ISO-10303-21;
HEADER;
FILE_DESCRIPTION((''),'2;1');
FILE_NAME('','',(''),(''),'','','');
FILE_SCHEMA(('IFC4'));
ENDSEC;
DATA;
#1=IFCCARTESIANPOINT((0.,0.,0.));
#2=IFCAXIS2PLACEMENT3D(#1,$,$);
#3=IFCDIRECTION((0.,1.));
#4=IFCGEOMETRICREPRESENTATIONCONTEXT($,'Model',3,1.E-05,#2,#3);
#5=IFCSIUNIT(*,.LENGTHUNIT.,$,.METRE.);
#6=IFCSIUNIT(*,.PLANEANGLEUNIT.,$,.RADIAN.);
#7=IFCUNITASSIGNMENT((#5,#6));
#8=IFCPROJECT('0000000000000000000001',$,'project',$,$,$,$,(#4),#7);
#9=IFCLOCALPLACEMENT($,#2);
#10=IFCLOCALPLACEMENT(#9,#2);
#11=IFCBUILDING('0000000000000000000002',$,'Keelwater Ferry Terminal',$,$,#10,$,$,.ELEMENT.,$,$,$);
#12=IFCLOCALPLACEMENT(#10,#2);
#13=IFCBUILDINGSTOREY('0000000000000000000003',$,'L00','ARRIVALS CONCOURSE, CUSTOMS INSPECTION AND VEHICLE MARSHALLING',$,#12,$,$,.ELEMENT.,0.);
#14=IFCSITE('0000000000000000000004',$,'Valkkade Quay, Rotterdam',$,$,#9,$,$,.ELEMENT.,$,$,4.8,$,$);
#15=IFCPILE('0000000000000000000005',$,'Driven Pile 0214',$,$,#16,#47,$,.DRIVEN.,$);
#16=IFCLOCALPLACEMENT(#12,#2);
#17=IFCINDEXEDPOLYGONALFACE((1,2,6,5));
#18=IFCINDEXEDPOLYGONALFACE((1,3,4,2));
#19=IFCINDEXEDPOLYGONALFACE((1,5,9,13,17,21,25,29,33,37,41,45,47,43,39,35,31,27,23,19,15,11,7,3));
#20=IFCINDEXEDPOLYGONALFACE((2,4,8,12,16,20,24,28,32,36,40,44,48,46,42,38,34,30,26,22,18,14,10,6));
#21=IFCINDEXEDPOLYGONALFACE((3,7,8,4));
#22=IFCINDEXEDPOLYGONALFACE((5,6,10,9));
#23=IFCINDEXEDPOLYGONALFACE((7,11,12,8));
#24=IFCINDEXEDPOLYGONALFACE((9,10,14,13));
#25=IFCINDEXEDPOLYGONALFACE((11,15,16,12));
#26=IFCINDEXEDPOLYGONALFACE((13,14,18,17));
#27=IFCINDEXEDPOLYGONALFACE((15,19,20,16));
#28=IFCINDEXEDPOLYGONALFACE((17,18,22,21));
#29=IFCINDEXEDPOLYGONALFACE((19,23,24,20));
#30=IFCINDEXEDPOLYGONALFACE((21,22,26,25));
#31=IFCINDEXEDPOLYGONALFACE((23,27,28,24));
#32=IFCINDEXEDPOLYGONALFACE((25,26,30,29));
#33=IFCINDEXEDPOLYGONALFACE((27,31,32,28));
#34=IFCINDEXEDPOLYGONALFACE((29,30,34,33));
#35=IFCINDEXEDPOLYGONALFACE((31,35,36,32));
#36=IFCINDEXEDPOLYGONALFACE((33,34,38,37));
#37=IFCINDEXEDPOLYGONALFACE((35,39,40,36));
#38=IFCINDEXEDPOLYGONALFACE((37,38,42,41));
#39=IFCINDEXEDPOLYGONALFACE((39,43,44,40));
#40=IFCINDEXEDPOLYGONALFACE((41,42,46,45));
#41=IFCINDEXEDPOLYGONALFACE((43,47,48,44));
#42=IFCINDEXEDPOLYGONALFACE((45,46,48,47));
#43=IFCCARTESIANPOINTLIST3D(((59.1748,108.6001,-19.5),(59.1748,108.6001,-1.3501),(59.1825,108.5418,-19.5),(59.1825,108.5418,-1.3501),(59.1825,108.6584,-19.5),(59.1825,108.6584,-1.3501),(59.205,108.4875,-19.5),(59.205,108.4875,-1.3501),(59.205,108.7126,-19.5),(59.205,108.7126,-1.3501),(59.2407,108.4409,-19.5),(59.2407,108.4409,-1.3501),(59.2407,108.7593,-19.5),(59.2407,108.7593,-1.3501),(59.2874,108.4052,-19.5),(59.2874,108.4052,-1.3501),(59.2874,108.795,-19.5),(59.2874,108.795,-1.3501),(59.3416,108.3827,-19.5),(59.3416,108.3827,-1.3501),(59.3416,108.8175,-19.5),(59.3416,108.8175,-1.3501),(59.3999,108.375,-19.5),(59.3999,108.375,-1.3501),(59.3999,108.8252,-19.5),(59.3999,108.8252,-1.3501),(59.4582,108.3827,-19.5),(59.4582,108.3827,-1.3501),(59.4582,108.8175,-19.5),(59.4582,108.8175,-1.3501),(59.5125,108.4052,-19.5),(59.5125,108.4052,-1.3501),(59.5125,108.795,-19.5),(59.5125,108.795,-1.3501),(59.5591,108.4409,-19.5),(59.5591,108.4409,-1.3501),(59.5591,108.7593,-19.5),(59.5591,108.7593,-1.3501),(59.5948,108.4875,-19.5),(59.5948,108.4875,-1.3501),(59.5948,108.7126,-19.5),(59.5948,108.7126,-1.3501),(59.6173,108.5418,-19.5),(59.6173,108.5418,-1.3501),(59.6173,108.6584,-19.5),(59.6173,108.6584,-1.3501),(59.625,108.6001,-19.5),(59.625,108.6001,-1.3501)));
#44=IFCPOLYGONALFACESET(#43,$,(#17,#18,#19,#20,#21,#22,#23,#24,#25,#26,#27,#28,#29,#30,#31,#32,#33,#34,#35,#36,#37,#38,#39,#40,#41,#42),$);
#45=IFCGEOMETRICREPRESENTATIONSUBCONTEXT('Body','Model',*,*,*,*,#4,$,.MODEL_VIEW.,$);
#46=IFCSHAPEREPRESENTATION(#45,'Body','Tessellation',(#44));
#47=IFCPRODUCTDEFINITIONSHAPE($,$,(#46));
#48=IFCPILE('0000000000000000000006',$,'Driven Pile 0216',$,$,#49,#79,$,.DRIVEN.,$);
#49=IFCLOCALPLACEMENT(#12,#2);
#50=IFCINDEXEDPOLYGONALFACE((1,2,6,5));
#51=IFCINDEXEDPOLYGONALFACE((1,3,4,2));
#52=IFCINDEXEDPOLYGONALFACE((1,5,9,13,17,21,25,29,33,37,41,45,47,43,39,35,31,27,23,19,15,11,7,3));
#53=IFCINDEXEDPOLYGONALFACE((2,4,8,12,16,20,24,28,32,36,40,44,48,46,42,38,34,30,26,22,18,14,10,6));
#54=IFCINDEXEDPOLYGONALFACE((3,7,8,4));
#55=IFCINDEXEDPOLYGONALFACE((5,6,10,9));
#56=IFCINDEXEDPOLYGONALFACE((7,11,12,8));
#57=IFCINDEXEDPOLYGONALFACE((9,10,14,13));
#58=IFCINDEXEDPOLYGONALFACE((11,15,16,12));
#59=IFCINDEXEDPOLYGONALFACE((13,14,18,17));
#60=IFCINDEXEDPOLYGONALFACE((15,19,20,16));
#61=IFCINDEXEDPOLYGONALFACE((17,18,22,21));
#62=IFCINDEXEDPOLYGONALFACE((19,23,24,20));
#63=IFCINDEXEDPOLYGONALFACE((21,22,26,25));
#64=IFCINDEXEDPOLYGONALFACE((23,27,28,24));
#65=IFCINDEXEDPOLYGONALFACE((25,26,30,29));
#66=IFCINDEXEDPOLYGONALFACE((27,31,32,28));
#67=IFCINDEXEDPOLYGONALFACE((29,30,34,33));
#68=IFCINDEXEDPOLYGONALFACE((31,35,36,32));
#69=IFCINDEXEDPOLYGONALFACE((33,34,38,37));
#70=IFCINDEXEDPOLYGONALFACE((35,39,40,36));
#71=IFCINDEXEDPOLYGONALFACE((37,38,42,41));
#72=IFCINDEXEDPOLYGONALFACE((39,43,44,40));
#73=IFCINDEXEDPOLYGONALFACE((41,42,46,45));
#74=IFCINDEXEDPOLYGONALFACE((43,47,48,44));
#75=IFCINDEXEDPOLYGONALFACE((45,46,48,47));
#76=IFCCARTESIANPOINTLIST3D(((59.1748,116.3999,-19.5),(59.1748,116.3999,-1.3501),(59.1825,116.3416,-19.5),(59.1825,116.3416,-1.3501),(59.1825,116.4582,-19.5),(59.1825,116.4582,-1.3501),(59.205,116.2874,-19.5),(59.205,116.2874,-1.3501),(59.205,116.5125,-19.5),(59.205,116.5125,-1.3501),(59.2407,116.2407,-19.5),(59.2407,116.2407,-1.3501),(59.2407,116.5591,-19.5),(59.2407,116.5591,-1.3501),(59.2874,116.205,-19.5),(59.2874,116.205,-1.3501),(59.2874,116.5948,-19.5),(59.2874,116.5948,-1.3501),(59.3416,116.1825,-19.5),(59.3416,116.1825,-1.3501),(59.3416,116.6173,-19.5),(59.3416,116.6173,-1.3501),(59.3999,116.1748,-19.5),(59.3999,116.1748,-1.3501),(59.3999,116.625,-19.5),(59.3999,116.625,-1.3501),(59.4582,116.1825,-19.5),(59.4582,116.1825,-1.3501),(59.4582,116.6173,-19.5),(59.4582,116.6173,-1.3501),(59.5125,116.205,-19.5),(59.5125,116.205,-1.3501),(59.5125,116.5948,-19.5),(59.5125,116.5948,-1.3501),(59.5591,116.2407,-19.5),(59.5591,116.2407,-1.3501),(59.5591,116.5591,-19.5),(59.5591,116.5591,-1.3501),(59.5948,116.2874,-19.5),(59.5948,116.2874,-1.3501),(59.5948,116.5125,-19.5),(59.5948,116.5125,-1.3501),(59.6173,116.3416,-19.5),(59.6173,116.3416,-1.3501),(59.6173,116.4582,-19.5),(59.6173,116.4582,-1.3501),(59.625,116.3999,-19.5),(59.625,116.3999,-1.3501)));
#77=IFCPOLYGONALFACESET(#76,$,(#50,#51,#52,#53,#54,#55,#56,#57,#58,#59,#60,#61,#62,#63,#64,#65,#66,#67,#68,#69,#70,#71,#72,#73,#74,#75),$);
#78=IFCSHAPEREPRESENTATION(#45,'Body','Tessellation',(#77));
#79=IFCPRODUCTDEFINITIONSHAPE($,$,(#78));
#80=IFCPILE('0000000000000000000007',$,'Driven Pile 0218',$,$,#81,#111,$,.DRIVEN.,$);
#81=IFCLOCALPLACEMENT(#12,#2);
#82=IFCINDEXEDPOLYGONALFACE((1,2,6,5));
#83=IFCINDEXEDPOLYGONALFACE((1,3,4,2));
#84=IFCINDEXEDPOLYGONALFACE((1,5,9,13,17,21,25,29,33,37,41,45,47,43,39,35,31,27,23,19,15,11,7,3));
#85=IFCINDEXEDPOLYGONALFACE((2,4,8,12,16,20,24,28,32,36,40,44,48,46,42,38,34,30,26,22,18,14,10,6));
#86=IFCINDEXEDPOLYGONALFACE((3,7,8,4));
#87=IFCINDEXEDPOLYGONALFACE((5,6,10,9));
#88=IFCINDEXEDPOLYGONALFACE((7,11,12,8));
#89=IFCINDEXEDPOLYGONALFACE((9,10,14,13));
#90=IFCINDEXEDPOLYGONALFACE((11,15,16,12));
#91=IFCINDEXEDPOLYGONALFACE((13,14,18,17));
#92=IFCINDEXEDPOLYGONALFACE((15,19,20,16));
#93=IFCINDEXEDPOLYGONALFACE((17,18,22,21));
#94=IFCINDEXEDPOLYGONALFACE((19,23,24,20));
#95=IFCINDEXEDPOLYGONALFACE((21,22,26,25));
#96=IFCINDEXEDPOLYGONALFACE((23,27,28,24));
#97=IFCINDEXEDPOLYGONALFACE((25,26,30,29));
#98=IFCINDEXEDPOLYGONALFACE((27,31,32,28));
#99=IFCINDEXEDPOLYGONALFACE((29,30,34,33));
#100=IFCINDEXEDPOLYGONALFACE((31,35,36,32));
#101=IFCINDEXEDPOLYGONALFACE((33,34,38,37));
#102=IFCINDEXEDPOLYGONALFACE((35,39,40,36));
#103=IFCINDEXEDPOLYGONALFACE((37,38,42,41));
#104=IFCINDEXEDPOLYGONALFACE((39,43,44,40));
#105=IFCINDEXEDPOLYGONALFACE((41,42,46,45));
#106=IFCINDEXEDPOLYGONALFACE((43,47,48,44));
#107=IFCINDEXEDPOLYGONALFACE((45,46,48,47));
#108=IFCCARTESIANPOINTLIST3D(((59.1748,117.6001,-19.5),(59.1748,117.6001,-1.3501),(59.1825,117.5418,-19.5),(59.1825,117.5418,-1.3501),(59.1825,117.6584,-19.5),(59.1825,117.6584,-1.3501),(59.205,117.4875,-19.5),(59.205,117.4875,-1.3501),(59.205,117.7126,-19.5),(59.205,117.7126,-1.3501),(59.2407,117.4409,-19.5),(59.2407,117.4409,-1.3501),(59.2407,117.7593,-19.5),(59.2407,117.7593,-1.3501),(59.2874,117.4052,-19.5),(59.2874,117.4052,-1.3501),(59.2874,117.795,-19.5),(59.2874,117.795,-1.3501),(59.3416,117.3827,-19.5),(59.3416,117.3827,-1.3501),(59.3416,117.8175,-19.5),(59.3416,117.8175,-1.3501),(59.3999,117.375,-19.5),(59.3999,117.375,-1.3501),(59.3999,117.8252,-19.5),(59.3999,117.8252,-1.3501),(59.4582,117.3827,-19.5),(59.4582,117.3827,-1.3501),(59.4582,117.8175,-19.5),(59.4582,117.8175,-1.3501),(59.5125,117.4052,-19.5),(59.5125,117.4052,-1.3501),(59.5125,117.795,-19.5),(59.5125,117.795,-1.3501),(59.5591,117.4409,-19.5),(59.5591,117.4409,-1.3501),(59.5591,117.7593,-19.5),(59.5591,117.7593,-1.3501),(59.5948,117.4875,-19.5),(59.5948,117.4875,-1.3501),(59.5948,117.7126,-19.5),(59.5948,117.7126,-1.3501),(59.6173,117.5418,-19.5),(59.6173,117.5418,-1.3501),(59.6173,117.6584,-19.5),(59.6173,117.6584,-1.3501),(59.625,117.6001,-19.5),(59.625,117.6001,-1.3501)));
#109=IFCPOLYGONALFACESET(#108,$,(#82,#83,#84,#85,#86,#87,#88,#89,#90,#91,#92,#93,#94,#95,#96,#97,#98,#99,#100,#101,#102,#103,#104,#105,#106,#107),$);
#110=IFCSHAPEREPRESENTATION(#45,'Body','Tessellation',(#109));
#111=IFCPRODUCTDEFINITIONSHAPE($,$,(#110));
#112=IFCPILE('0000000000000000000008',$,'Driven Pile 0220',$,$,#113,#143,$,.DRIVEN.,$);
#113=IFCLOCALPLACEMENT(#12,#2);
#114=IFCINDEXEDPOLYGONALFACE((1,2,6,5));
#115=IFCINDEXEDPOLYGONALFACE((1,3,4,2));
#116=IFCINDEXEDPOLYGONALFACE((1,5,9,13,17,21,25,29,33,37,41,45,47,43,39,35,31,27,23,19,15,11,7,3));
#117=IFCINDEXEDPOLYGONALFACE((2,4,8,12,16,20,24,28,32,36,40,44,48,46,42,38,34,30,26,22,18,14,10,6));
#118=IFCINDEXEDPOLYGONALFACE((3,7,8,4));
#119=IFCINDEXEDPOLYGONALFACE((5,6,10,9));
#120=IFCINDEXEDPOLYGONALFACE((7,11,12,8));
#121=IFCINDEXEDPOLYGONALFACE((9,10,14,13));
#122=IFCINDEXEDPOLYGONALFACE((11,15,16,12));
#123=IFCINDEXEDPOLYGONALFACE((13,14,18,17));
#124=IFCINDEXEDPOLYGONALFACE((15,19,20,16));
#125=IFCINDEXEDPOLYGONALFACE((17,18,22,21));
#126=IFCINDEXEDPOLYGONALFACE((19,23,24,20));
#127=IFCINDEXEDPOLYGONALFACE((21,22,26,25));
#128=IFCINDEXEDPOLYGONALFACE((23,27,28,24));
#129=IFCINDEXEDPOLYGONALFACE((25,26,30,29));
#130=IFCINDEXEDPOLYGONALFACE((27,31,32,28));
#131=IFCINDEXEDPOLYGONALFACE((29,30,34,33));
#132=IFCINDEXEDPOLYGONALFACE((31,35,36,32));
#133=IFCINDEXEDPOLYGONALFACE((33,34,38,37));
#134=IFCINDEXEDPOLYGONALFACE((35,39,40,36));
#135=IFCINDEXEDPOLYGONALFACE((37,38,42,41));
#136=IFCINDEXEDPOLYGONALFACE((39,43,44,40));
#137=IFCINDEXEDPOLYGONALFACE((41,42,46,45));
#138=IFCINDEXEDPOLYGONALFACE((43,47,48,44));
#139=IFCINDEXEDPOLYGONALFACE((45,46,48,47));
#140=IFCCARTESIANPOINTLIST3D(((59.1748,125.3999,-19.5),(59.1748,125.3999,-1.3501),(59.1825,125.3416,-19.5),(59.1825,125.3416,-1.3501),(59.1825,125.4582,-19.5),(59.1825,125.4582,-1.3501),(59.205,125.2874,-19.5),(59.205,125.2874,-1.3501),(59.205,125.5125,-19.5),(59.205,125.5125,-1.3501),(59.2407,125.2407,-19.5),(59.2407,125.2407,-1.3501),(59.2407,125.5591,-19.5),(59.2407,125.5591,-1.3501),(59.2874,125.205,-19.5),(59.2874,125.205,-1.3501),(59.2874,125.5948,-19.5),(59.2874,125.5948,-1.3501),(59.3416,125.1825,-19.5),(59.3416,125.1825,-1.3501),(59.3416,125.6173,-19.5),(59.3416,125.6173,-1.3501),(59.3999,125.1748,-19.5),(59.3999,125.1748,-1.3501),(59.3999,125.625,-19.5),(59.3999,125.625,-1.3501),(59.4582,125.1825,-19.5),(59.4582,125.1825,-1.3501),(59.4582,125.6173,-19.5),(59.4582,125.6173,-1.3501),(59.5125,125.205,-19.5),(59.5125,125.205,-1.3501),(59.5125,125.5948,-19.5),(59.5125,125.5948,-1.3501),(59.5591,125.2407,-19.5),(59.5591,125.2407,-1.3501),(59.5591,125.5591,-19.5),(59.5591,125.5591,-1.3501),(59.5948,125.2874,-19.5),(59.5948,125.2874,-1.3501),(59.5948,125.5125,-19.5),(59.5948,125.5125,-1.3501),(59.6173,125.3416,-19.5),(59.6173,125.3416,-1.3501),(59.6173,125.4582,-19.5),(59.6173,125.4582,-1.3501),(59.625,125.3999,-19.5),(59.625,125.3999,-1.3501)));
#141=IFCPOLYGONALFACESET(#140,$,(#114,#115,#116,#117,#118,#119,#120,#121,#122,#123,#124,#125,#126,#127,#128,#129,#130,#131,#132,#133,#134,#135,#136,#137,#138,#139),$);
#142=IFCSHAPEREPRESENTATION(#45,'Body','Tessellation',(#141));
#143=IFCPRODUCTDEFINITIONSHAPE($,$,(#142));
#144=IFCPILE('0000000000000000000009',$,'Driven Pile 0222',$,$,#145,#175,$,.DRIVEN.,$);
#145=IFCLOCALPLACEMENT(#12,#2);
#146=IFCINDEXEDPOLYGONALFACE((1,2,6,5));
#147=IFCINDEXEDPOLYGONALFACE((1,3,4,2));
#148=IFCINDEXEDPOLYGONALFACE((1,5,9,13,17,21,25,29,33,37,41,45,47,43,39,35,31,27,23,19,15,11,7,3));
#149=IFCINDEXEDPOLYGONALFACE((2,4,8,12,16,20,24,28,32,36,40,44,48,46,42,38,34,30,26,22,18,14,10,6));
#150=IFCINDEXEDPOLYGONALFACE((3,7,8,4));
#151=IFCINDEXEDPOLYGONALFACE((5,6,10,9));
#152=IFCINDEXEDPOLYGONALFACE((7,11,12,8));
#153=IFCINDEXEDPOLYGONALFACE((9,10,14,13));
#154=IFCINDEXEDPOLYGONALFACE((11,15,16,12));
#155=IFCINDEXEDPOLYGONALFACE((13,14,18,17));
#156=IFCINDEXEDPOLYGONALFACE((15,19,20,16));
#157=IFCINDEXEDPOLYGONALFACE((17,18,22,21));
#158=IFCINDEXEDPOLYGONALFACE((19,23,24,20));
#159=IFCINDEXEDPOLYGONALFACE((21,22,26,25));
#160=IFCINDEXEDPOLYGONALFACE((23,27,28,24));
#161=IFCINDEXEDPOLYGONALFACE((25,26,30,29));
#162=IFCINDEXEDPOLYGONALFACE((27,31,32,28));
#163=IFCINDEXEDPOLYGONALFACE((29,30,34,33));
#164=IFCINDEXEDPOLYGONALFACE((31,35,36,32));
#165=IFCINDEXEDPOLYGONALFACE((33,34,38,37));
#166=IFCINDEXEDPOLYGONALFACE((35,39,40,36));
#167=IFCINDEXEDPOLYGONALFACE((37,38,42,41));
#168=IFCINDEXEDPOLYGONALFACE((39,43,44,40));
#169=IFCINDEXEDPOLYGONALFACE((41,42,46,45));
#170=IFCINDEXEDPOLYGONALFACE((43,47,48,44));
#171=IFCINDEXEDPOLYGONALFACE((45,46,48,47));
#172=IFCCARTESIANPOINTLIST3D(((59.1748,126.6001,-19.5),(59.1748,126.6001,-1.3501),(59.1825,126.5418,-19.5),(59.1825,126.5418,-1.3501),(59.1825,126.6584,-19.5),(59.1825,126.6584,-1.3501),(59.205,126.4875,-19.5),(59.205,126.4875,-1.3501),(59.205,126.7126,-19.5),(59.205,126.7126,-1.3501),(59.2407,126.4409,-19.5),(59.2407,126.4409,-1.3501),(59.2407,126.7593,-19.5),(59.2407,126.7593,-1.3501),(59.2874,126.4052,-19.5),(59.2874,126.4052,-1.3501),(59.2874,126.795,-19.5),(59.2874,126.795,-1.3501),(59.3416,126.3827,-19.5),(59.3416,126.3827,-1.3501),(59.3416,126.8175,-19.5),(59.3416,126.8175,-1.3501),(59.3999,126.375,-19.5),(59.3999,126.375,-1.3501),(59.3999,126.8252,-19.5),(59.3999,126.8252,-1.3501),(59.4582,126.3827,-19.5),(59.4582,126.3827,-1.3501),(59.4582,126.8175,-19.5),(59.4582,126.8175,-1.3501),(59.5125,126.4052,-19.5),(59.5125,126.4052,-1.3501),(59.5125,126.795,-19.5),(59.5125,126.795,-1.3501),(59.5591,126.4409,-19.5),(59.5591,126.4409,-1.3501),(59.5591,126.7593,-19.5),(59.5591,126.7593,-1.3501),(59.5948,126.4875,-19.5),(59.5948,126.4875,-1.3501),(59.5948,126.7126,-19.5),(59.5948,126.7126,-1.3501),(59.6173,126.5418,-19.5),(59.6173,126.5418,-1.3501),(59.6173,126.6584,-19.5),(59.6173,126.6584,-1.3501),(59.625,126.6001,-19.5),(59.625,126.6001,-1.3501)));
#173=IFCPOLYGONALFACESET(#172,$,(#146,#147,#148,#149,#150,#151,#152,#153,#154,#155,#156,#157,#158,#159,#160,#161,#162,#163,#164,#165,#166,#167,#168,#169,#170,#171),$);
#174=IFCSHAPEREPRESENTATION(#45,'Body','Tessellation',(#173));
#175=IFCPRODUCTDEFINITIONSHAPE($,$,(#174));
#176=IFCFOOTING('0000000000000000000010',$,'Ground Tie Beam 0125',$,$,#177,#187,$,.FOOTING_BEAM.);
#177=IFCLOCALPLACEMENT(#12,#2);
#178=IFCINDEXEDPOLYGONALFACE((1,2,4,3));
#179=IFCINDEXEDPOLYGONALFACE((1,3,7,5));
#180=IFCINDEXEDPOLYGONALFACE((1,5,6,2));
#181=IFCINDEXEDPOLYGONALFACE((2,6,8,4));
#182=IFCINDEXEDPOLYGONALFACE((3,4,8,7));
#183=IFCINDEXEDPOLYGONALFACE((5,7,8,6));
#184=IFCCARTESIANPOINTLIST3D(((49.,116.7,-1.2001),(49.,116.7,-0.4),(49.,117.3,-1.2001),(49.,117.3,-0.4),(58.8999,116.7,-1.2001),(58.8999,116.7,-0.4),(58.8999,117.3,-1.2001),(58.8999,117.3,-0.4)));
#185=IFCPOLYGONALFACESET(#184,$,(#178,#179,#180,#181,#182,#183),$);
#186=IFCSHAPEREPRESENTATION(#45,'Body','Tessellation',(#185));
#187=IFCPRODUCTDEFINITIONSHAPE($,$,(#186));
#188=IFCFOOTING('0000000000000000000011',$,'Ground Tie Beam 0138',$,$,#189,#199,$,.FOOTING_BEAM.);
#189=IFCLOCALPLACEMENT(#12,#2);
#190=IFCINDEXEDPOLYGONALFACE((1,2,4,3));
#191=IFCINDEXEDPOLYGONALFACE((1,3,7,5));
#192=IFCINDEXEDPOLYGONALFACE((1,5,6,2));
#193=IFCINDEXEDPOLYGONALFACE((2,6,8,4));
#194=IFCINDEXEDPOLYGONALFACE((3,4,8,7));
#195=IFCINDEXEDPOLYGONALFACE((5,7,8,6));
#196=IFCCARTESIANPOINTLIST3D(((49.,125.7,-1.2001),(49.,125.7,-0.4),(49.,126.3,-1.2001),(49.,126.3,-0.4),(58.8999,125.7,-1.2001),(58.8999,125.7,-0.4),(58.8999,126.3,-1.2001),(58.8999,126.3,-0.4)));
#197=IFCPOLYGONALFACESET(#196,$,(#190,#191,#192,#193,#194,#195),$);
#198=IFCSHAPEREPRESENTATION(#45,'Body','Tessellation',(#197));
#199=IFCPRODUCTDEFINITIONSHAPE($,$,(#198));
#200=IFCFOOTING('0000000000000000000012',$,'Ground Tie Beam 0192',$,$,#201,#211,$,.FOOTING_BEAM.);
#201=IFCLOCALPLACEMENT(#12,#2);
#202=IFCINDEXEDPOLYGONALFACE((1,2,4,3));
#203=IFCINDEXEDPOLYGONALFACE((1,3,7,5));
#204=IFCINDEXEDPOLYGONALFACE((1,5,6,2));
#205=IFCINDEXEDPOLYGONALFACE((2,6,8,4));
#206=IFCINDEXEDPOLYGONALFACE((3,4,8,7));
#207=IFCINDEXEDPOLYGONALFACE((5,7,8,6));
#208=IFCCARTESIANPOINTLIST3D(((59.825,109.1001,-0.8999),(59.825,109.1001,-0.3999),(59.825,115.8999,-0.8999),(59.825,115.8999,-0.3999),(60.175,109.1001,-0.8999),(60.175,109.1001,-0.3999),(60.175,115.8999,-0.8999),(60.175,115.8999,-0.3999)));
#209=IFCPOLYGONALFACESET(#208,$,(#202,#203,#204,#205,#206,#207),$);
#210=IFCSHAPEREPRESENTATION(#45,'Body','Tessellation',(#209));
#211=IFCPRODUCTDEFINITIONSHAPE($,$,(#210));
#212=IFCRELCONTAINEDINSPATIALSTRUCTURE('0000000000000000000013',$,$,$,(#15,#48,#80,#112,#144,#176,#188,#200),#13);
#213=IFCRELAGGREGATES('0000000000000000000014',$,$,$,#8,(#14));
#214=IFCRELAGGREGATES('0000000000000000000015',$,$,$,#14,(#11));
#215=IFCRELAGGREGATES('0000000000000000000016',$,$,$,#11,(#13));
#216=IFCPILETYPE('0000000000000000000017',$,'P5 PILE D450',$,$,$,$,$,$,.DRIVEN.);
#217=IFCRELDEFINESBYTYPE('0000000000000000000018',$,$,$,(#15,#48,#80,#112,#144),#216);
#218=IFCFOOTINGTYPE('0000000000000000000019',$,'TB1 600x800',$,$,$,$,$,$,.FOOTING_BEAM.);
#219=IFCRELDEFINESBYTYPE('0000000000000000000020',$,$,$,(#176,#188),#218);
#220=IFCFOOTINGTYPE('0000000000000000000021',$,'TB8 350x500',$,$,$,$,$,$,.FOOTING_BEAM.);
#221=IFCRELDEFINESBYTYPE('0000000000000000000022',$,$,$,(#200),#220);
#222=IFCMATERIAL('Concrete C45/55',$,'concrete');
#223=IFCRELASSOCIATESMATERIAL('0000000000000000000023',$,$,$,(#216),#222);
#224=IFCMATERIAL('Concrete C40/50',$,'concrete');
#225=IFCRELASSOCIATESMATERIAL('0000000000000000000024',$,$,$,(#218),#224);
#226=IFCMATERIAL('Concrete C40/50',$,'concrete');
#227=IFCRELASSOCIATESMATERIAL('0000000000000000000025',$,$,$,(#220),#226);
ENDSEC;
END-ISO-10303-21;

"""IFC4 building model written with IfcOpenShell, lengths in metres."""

from ifc_helpers import new_model, si_unit, direction, frame, origin, origin_2d, place, context, subcontext, project, spatial, rectangle, circle, extrude, material, material_profile, profile_set, type_object, element, save


model = new_model("IFC4")

# Units and contexts
model_context = context("Model", 3, precision=1e-05, world=origin(), true_north=direction((0.0, 1.0)))
body_context = subcontext(model_context, "Body", "Model", "MODEL_VIEW")
ifc_project = project(units=[si_unit("LENGTHUNIT", "METRE"), si_unit("PLANEANGLEUNIT", "RADIAN")], contexts=[model_context])

# Site, building, storey
site_placement = place(None, origin())
site = spatial("IfcSite", under=ifc_project, at=site_placement, Name="Valkkade Quay, Rotterdam", CompositionType="ELEMENT", RefElevation=4.8)
building_placement = place(site_placement, origin())
building = spatial("IfcBuilding", under=site, at=building_placement, Name="Keelwater Ferry Terminal", CompositionType="ELEMENT")
storey_placement = place(building_placement, origin())
storey = spatial("IfcBuildingStorey", under=building, at=storey_placement, Name="L00", Description="ARRIVALS CONCOURSE, CUSTOMS INSPECTION AND VEHICLE MARSHALLING", CompositionType="ELEMENT", Elevation=0.0)

# Piles
ifc_material_1 = material(Name="Concrete C45/55", Category="concrete")
ifc_material_profile_1 = material_profile(ifc_material_1, circle(Radius=0.2251, at=origin_2d()), Name="PILE D450")
ifc_profile_set_1 = profile_set([ifc_material_profile_1], Name="Concrete C45/55")
pile_type = type_object("IfcPileType", Name="P5 PILE D450", PredefinedType="DRIVEN", material=ifc_profile_set_1)
for number, where, z_axis, x_axis, name in (
    (1, (59.3999, 108.6001, -1.3501), (0.0, 0.0, -1.0), (1.0, 0.0, 0.0), "Driven Pile 0214"),
    (2, (59.3999, 116.3999, -1.3501), (0.0, 0.0, -1.0), (1.0, 0.0, 0.0), "Driven Pile 0216"),
    (3, (59.3999, 117.6001, -1.3501), (0.0, 0.0, -1.0), (1.0, 0.0, 0.0), "Driven Pile 0218"),
    (4, (59.3999, 125.3999, -1.3501), (0.0, 0.0, -1.0), (1.0, 0.0, 0.0), "Driven Pile 0220"),
    (5, (59.3999, 126.6001, -1.3501), (0.0, 0.0, -1.0), (1.0, 0.0, 0.0), "Driven Pile 0222"),
):
    element("IfcPile", number, at=place(storey_placement, frame(where, z_axis=z_axis, x_axis=x_axis)), inside=storey, type_object=pile_type, Name=name, PredefinedType="DRIVEN", context=body_context, shape_type="SweptSolid", body=[
        extrude(circle(Radius=0.2251, at=origin_2d()), origin(), (0.0, 0.0, 1.0), 18.1499),
    ])

# Footings
ifc_material_2 = material(Name="Concrete C40/50", Category="concrete")
ifc_material_profile_2 = material_profile(ifc_material_2, rectangle(XDim=0.6001, YDim=0.8, at=origin_2d()), Name="TB 600x800")
ifc_profile_set_2 = profile_set([ifc_material_profile_2], Name="Concrete C40/50")
footing_type_1 = type_object("IfcFootingType", Name="TB1 600x800", PredefinedType="FOOTING_BEAM", material=ifc_profile_set_2)
for number, where, z_axis, x_axis, name in (
    (6, (49.0, 117.0, -0.8), (1.0, 0.0, 0.0), (0.0, 1.0, 0.0), "Ground Tie Beam 0125"),
    (7, (49.0, 126.0, -0.8), (1.0, 0.0, 0.0), (0.0, 1.0, 0.0), "Ground Tie Beam 0138"),
):
    element("IfcFooting", number, at=place(storey_placement, frame(where, z_axis=z_axis, x_axis=x_axis)), inside=storey, type_object=footing_type_1, Name=name, PredefinedType="FOOTING_BEAM", context=body_context, shape_type="SweptSolid", body=[
        extrude(rectangle(XDim=0.6001, YDim=0.8, at=origin_2d()), origin(), (0.0, 0.0, 1.0), 9.8999),
    ])
ifc_material_3 = material(Name="Concrete C40/50", Category="concrete")
ifc_material_profile_3 = material_profile(ifc_material_3, rectangle(XDim=0.3501, YDim=0.5, at=origin_2d()), Name="TB 350x500")
ifc_profile_set_3 = profile_set([ifc_material_profile_3], Name="Concrete C40/50")
footing_type_2 = type_object("IfcFootingType", Name="TB8 350x500", PredefinedType="FOOTING_BEAM", material=ifc_profile_set_3)
for number, where, z_axis, x_axis, name in (
    (8, (60.0, 109.1001, -0.6499), (0.0, 1.0, 0.0), (-1.0, 0.0, 0.0), "Ground Tie Beam 0192"),
):
    element("IfcFooting", number, at=place(storey_placement, frame(where, z_axis=z_axis, x_axis=x_axis)), inside=storey, type_object=footing_type_2, Name=name, PredefinedType="FOOTING_BEAM", context=body_context, shape_type="SweptSolid", body=[
        extrude(rectangle(XDim=0.3501, YDim=0.5, at=origin_2d()), origin(), (0.0, 0.0, 1.0), 6.7998),
    ])

save(model, "model.ifc")
